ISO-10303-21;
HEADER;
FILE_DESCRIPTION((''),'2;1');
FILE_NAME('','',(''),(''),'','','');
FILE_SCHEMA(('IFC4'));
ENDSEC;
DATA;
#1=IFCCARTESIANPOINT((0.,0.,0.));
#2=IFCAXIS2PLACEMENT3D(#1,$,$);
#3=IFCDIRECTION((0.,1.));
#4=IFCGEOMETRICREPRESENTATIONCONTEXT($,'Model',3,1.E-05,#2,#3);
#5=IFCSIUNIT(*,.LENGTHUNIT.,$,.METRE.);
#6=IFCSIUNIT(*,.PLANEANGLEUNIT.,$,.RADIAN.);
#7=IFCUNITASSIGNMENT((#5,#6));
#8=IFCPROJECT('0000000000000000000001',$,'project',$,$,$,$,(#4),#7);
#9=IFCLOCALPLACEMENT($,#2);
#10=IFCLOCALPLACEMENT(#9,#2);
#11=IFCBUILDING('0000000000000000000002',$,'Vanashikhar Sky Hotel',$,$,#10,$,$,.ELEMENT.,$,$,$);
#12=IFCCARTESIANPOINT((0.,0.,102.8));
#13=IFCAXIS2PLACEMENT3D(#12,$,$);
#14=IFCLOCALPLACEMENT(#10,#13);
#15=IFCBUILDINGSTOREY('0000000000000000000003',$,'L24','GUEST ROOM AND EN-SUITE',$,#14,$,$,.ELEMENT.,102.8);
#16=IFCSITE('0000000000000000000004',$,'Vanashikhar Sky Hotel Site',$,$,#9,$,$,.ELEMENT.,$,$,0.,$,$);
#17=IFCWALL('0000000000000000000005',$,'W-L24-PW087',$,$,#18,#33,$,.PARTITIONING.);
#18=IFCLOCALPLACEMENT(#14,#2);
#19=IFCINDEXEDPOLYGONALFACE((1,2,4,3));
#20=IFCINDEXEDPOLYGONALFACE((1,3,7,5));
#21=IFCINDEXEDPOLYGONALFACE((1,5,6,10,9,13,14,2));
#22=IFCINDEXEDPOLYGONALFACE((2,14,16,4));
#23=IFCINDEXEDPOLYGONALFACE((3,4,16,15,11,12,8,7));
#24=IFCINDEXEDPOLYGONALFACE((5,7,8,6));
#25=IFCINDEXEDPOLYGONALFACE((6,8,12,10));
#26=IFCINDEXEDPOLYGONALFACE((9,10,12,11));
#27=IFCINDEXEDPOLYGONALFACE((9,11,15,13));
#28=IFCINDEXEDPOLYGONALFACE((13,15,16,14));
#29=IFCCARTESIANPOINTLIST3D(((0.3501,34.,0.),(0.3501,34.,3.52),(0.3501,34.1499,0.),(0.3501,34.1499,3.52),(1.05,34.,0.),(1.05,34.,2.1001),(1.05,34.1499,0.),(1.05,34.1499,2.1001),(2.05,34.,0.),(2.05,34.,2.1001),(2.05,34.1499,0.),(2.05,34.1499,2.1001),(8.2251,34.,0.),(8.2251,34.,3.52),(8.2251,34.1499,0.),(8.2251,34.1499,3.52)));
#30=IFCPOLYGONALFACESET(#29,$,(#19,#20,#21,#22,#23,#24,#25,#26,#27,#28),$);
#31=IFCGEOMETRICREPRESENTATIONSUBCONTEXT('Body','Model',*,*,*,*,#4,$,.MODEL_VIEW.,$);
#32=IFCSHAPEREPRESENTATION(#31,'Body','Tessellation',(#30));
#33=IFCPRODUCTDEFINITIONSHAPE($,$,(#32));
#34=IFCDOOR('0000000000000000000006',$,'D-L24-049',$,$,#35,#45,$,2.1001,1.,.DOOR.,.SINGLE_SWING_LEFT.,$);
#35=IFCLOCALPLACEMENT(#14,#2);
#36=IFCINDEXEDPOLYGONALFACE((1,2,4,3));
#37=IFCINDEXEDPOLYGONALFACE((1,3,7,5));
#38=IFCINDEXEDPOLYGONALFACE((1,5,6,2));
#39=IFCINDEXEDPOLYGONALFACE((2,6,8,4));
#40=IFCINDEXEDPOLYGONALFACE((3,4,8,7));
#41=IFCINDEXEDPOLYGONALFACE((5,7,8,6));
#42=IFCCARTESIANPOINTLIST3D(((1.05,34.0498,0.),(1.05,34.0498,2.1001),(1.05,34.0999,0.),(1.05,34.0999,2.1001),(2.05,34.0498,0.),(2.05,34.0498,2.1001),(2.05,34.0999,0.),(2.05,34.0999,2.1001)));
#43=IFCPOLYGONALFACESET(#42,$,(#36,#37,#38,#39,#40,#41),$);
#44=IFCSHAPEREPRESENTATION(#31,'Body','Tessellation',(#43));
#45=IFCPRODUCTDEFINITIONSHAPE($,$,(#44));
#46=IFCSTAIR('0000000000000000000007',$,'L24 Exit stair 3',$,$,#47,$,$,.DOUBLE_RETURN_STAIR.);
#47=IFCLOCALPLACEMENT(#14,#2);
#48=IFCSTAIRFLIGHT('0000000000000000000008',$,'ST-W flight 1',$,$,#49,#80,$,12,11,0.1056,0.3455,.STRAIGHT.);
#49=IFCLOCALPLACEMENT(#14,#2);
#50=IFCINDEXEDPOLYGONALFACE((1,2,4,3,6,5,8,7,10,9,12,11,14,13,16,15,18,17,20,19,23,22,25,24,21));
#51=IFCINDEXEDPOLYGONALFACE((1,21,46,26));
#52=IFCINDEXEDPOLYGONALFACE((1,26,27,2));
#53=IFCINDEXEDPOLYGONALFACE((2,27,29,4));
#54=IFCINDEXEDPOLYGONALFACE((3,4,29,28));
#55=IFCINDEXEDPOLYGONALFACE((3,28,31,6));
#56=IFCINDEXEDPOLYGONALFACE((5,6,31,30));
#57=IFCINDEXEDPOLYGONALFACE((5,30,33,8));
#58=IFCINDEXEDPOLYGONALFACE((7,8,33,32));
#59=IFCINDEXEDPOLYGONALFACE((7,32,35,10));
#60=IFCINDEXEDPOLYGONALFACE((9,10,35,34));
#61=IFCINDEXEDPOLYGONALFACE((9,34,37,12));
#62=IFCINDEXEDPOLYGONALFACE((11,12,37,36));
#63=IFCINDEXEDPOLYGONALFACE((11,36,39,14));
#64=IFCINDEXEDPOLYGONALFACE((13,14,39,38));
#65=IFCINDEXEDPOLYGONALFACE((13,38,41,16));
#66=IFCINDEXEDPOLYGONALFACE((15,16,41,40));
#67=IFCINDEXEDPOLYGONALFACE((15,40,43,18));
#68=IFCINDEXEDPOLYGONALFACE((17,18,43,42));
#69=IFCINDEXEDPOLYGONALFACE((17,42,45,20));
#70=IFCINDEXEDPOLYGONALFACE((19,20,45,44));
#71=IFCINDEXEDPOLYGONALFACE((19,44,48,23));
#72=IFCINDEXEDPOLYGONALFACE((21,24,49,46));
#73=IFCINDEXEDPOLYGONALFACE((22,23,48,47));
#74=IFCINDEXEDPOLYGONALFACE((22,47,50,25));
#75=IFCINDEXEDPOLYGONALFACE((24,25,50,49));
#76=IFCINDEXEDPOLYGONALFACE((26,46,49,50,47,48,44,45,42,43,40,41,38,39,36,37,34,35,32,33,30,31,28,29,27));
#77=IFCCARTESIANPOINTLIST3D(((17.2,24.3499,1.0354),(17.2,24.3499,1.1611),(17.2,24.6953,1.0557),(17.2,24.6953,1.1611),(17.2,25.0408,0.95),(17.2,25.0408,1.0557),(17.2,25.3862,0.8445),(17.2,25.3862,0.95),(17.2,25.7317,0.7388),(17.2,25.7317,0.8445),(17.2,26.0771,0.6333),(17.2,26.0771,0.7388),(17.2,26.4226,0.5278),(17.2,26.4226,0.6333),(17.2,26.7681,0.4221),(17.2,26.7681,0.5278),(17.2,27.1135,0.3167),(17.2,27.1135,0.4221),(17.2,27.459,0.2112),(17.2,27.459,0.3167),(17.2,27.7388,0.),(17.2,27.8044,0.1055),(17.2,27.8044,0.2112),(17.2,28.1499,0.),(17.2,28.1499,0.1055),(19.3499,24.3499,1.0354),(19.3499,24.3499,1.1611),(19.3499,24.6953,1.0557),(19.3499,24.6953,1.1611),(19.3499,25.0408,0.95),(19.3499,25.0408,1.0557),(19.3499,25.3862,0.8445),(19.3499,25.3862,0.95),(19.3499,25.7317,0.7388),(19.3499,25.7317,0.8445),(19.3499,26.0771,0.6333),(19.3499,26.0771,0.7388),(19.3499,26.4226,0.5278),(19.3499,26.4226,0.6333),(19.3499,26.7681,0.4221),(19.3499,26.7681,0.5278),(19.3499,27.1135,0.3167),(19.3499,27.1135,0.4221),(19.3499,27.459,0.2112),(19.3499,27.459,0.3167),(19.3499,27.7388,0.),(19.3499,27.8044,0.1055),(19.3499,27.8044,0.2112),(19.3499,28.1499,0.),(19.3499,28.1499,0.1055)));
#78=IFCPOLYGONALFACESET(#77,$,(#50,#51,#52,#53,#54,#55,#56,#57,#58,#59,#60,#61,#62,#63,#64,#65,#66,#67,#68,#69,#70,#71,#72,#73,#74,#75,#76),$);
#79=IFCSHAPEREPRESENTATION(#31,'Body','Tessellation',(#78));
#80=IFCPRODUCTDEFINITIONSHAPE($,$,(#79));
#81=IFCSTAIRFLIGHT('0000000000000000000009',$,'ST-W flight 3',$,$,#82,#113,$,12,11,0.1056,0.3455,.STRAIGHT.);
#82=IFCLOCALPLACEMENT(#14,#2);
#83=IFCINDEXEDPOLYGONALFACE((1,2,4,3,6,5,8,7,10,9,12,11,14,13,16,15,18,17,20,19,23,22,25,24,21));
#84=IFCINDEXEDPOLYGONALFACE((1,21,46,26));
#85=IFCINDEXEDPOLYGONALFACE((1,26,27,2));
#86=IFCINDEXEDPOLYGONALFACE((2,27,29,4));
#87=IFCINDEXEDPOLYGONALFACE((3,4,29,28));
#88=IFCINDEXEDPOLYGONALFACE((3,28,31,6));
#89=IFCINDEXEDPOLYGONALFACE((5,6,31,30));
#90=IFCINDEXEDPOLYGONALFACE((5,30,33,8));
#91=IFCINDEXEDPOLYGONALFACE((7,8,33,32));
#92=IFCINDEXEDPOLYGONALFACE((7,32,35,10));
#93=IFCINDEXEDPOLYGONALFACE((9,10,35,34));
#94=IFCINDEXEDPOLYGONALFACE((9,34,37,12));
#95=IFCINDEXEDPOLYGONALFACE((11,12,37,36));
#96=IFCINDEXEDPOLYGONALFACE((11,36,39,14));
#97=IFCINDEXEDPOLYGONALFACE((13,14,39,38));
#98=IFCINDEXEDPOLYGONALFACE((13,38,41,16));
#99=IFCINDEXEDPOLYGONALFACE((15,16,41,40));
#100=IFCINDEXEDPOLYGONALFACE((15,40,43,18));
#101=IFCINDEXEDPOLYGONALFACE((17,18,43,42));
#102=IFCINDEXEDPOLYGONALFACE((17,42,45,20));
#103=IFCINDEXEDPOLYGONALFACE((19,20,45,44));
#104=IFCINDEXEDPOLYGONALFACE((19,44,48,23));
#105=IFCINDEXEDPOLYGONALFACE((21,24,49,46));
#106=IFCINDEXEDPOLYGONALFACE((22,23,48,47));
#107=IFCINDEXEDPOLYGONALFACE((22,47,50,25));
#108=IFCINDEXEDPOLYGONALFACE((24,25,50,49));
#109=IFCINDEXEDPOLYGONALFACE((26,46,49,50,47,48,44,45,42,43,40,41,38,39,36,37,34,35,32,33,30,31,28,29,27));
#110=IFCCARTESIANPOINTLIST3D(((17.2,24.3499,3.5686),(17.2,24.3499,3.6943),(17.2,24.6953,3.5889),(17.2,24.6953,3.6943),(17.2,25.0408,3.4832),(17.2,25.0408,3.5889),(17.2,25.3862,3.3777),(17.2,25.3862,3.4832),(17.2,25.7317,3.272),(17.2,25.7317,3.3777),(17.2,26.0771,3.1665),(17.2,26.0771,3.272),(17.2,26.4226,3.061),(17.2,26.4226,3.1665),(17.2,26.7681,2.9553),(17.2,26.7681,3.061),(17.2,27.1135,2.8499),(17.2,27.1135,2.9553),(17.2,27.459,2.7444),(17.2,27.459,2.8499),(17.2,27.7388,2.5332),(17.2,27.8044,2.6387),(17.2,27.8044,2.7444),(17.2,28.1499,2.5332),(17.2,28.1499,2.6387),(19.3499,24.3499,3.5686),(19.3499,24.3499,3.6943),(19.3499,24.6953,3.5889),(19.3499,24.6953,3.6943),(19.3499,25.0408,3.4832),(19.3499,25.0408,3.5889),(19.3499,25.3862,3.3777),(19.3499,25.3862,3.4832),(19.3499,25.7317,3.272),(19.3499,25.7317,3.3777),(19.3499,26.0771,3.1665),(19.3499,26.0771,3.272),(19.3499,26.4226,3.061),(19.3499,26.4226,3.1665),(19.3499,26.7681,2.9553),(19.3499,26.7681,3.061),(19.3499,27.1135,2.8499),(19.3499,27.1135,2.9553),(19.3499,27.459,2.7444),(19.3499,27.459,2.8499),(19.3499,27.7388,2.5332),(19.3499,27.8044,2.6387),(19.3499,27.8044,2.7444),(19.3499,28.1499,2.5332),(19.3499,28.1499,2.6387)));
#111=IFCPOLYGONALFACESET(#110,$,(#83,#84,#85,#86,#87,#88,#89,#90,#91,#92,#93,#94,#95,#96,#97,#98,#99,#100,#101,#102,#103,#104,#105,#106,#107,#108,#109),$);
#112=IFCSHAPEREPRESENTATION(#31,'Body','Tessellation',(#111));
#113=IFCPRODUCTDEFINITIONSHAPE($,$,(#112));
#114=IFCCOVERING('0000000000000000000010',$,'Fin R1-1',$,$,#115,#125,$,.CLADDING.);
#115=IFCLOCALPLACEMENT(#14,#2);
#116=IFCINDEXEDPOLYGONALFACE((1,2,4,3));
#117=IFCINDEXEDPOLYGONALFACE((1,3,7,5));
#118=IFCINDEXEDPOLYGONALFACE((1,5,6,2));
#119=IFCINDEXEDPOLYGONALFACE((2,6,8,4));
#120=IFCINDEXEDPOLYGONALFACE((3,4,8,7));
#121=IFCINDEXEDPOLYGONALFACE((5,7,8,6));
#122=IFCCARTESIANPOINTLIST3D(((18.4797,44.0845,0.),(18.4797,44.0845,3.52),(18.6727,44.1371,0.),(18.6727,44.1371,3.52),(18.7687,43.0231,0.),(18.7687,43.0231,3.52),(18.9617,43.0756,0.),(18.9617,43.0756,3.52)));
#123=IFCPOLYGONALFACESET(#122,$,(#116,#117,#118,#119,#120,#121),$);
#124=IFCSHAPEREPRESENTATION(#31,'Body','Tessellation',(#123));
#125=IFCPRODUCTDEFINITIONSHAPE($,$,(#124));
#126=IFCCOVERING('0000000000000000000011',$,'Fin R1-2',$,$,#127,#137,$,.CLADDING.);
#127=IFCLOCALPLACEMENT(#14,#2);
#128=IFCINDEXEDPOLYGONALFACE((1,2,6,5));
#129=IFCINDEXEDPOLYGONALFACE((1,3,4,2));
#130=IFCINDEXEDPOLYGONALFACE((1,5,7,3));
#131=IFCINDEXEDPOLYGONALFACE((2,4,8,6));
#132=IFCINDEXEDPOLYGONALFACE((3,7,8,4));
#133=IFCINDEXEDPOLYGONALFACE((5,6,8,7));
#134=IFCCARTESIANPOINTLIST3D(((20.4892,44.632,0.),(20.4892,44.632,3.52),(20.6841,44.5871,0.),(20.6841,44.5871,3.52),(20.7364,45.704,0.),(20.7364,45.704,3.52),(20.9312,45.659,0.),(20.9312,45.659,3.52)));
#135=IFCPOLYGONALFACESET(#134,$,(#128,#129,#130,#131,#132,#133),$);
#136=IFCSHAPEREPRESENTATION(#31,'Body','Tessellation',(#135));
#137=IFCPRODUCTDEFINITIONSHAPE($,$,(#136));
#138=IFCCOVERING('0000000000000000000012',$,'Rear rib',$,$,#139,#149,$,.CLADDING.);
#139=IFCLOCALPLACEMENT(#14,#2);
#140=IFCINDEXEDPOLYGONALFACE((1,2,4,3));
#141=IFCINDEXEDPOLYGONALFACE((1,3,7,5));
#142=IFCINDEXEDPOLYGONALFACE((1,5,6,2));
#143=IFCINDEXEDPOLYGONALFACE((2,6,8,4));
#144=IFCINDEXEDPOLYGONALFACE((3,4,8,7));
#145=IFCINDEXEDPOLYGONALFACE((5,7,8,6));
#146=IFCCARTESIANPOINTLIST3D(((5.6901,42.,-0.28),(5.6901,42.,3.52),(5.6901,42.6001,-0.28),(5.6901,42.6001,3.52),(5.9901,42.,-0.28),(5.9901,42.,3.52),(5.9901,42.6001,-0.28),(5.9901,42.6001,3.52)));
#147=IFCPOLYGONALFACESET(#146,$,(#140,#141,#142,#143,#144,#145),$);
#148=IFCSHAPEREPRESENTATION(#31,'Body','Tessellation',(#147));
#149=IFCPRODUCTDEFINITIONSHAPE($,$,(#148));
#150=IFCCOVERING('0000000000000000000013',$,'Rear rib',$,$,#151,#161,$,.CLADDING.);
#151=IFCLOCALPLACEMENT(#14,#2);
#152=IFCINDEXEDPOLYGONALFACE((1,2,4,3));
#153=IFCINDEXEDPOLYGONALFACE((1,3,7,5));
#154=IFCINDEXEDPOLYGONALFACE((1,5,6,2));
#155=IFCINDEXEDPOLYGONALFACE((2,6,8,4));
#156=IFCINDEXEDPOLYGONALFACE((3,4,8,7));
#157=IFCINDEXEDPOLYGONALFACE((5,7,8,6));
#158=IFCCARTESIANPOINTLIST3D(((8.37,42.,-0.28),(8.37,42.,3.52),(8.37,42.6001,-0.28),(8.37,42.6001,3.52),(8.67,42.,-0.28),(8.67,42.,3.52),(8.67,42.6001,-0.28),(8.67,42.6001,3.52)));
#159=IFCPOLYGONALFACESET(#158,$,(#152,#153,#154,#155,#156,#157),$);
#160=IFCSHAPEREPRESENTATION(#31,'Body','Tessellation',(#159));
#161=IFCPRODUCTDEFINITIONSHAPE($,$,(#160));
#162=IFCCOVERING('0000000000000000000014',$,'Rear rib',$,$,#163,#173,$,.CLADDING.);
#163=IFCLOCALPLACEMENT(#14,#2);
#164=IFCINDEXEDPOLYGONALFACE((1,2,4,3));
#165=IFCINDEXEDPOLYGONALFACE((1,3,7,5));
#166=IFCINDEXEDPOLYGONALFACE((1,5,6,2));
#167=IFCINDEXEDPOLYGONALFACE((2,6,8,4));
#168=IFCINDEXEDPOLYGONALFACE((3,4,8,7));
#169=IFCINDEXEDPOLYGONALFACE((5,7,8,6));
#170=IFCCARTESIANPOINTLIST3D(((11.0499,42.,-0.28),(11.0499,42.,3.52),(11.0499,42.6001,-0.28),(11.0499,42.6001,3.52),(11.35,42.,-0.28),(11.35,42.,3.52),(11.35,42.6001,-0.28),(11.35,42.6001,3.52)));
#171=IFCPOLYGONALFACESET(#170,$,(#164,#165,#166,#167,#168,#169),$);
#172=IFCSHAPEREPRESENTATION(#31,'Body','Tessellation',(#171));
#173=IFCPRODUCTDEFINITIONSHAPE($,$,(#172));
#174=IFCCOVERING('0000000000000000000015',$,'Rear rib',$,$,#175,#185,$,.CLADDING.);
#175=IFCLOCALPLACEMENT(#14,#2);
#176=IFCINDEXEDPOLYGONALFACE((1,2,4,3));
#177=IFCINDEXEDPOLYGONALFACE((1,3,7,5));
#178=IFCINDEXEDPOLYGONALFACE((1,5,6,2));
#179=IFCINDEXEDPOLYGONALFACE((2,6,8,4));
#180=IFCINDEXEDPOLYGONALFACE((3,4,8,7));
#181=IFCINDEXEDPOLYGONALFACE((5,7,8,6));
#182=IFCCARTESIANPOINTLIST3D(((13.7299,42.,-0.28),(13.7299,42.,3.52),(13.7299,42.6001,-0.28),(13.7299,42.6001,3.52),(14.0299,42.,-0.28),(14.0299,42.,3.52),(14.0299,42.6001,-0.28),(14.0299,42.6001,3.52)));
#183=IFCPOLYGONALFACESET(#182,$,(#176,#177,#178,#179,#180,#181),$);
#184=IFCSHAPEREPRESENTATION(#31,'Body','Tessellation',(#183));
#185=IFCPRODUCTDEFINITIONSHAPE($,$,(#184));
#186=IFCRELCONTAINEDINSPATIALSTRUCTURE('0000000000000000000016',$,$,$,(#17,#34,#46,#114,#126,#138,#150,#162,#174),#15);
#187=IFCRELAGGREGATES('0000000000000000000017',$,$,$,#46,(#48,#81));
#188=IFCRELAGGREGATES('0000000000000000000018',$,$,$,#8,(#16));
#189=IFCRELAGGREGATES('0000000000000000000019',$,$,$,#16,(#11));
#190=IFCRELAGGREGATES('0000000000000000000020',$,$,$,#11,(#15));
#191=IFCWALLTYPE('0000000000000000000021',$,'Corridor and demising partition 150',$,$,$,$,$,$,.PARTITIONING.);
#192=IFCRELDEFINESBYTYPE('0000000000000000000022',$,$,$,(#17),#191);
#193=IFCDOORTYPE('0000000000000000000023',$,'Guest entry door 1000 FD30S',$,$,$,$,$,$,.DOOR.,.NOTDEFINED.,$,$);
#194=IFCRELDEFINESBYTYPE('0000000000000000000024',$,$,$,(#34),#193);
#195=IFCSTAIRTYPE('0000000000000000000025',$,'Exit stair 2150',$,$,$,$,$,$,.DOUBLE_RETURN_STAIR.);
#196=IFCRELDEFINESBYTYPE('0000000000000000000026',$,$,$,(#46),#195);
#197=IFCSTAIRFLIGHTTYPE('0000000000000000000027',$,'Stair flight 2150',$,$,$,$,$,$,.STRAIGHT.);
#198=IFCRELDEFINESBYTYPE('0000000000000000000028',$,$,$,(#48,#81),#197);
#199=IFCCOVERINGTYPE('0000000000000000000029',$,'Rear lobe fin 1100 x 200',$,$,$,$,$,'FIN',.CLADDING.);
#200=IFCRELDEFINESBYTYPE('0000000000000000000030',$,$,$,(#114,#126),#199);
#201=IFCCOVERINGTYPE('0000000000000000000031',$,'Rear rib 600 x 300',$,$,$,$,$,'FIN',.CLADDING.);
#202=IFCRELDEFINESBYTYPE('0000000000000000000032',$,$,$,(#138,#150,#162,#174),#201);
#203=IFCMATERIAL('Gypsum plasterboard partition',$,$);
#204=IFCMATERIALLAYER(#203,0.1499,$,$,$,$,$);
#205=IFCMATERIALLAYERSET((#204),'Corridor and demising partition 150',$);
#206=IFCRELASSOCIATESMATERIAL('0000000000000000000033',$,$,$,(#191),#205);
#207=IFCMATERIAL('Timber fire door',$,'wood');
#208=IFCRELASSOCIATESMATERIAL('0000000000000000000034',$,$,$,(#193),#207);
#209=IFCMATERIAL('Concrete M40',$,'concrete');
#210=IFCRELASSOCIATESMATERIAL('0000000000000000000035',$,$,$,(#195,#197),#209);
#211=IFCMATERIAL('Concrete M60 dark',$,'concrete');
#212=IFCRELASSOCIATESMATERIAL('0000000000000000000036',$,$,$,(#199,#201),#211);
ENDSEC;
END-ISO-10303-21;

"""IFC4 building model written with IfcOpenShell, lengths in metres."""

from ifc_helpers import new_model, si_unit, direction, frame, frame_2d, origin, origin_2d, place, context, subcontext, project, spatial, polyline, rectangle, outline, extrude, source, transform, mapped, material, layer, layer_set, material_profile, profile_set, type_object, element, fill, aggregate, save


model = new_model("IFC4")

# Units and contexts
model_context = context("Model", 3, precision=1e-05, world=origin(), true_north=direction((0.0, 1.0)))
body_context = subcontext(model_context, "Body", "Model", "MODEL_VIEW")
ifc_project = project(units=[si_unit("LENGTHUNIT", "METRE"), si_unit("PLANEANGLEUNIT", "RADIAN")], contexts=[model_context])

# Site, building, storey
site_placement = place(None, origin())
site = spatial("IfcSite", under=ifc_project, at=site_placement, Name="Vanashikhar Sky Hotel Site", CompositionType="ELEMENT", RefElevation=0.0)
building_placement = place(site_placement, origin())
building = spatial("IfcBuilding", under=site, at=building_placement, Name="Vanashikhar Sky Hotel", CompositionType="ELEMENT")
storey_placement = place(building_placement, frame((0.0, 0.0, 102.8)))
storey = spatial("IfcBuildingStorey", under=building, at=storey_placement, Name="L24", Description="GUEST ROOM AND EN-SUITE", CompositionType="ELEMENT", Elevation=102.8)

# Shared definitions
shared_shape_1 = source(origin(), body_context, "Body", "SweptSolid", [
    extrude(rectangle(XDim=1.0, YDim=2.1001, at=frame_2d((0.5, 1.05))), frame((0.0, 0.0249, 0.0), z_axis=(0.0, -1.0, 0.0), x_axis=(1.0, 0.0, 0.0)), (0.0, 0.0, 1.0), 0.05),
])
ifc_material_1 = material(Name="Gypsum plasterboard partition")
ifc_layer_1 = layer(ifc_material_1, 0.1499)
ifc_layer_set_1 = layer_set([ifc_layer_1], Name="Corridor and demising partition 150")
wall_type_1 = type_object("IfcWallType", Name="Corridor and demising partition 150", PredefinedType="PARTITIONING", material=ifc_layer_set_1)
shared_shape_2 = source(origin(), body_context, "Body", "SweptSolid", [
    extrude(rectangle(XDim=1.0, YDim=2.1001, at=frame_2d((0.5, 1.05))), frame((0.0, 0.085, 0.0), z_axis=(0.0, -1.0, 0.0), x_axis=(1.0, 0.0, 0.0)), (0.0, 0.0, 1.0), 0.1699),
])
ifc_material_2 = material(Name="Timber fire door", Category="wood")
door_type_1 = type_object("IfcDoorType", Name="Guest entry door 1000 FD30S", OperationType="NOTDEFINED", PredefinedType="DOOR", material=ifc_material_2)

# Wall, opening, door
shared_shape_3 = source(origin(), body_context, "Body", "SweptSolid", [
    extrude(rectangle(XDim=7.875, YDim=0.1499, at=frame_2d((3.9375, 0.0))), origin(), (0.0, 0.0, 1.0), 3.52),
])
wall_1_placement = place(storey_placement, frame((0.3501, 34.075, 0.0), z_axis=(0.0, 0.0, 1.0), x_axis=(1.0, 0.0, 0.0)))
wall_1 = element("IfcWall", 1, at=wall_1_placement, inside=storey, type_object=wall_type_1, Name="W-L24-PW087", PredefinedType="PARTITIONING", context=body_context, shape_type="MappedRepresentation", body=[
    mapped(shared_shape_3, transform((0.0, 0.0, 0.0), scale=1.0)),
])
opening_1_placement = place(wall_1_placement, frame((0.7, 0.0, 0.0)))
opening_1 = element("IfcOpeningElement", 2, at=opening_1_placement, cuts=wall_1, PredefinedType="OPENING", context=body_context, shape_type="MappedRepresentation", body=[
    mapped(shared_shape_2, transform((0.0, 0.0, 0.0), scale=1.0)),
])
door_1_placement = place(opening_1_placement, origin())
door_1 = element("IfcDoor", 3, at=door_1_placement, inside=storey, type_object=door_type_1, Name="D-L24-049", OperationType="SINGLE_SWING_LEFT", OverallHeight=2.1001, OverallWidth=1.0, PredefinedType="DOOR", context=body_context, shape_type="MappedRepresentation", body=[
    mapped(shared_shape_1, transform((0.0, 0.0, 0.0), scale=1.0)),
])
fill(opening_1, door_1)

# Stair, stair flights
ifc_material_3 = material(Name="Concrete M40", Category="concrete")
stair_type = type_object("IfcStairType", Name="Exit stair 2150", PredefinedType="DOUBLE_RETURN_STAIR", material=ifc_material_3)
stair_placement = place(storey_placement, origin())
stair = element("IfcStair", 4, at=stair_placement, inside=storey, type_object=stair_type, Name="L24 Exit stair 3", PredefinedType="DOUBLE_RETURN_STAIR")
stair_flight_type = type_object("IfcStairFlightType", Name="Stair flight 2150", PredefinedType="STRAIGHT", material=ifc_material_3)
shared_shape_4 = source(origin(), body_context, "Body", "SweptSolid", [
    extrude(outline(polyline([(0.0, 0.0), (0.0, 0.1055), (0.3455, 0.1055), (0.3455, 0.2112), (0.6909, 0.2112), (0.6909, 0.3167), (1.0364, 0.3167), (1.0364, 0.4221), (1.3818, 0.4221), (1.3818, 0.5278), (1.7273, 0.5278), (1.7273, 0.6333), (2.0728, 0.6333), (2.0728, 0.7388), (2.4182, 0.7388), (2.4182, 0.8445), (2.7637, 0.8445), (2.7637, 0.95), (3.1091, 0.95), (3.1091, 1.0557), (3.4546, 1.0557), (3.4546, 1.1611), (3.8, 1.1611), (3.8, 1.2666), (3.8, 1.0354), (0.4111, 0.0), (0.0, 0.0)])), frame((0.0, 1.075, 0.0), z_axis=(0.0, -1.0, 0.0), x_axis=(1.0, 0.0, 0.0)), (0.0, 0.0, 1.0), 2.1499),
])
stair_flight_1_placement = place(storey_placement, frame((18.2749, 28.1499, 0.0), z_axis=(0.0, 0.0, 1.0), x_axis=(0.0, -1.0, 0.0)))
stair_flight_1 = element("IfcStairFlight", 5, at=stair_flight_1_placement, type_object=stair_flight_type, Name="ST-W flight 1", NumberOfRisers=12, NumberOfTreads=11, PredefinedType="STRAIGHT", RiserHeight=0.1056, TreadLength=0.3455, context=body_context, shape_type="MappedRepresentation", body=[
    mapped(shared_shape_4, transform((0.0, 0.0, 0.0), scale=1.0)),
])
stair_flight_2_placement = place(storey_placement, frame((18.2749, 28.1499, 2.5332), z_axis=(0.0, 0.0, 1.0), x_axis=(0.0, -1.0, 0.0)))
stair_flight_2 = element("IfcStairFlight", 6, at=stair_flight_2_placement, type_object=stair_flight_type, Name="ST-W flight 3", NumberOfRisers=12, NumberOfTreads=11, PredefinedType="STRAIGHT", RiserHeight=0.1056, TreadLength=0.3455, context=body_context, shape_type="MappedRepresentation", body=[
    mapped(shared_shape_4, transform((0.0, 0.0, 0.0), scale=1.0)),
])
aggregate(stair, [stair_flight_1, stair_flight_2])

# Coverings
ifc_material_4 = material(Name="Concrete M60 dark", Category="concrete")
ifc_material_profile_1 = material_profile(ifc_material_4, rectangle(XDim=1.1001, YDim=0.2, at=origin_2d()))
ifc_profile_set_1 = profile_set([ifc_material_profile_1], Name="Rear lobe fin 1100 x 200")
covering_type_1 = type_object("IfcCoveringType", Name="Rear lobe fin 1100 x 200", ElementType="FIN", PredefinedType="CLADDING", material=ifc_profile_set_1)
shared_shape_5 = source(origin(), body_context, "Body", "SweptSolid", [
    extrude(rectangle(XDim=1.1001, YDim=0.2, at=origin_2d()), origin(), (0.0, 0.0, 1.0), 3.52),
])
for number, where, z_axis, x_axis, name in (
    (7, (18.7207, 43.5801, 0.0), (0.0, 0.0, 1.0), (-0.262711, 0.964874, 0.0), "Fin R1-1"),
    (8, (20.7102, 45.1455, 0.0), (0.0, 0.0, 1.0), (0.224645, 0.974441, 0.0), "Fin R1-2"),
):
    element("IfcCovering", number, at=place(storey_placement, frame(where, z_axis=z_axis, x_axis=x_axis)), inside=storey, type_object=covering_type_1, Name=name, PredefinedType="CLADDING", context=body_context, shape_type="MappedRepresentation", body=[
        mapped(shared_shape_5, transform((0.0, 0.0, 0.0), scale=1.0)),
    ])
ifc_material_profile_2 = material_profile(ifc_material_4, rectangle(XDim=0.6001, YDim=0.3, at=origin_2d()))
ifc_profile_set_2 = profile_set([ifc_material_profile_2], Name="Rear rib 600 x 300")
covering_type_2 = type_object("IfcCoveringType", Name="Rear rib 600 x 300", ElementType="FIN", PredefinedType="CLADDING", material=ifc_profile_set_2)
shared_shape_6 = source(origin(), body_context, "Body", "SweptSolid", [
    extrude(rectangle(XDim=0.6001, YDim=0.3, at=origin_2d()), origin(), (0.0, 0.0, 1.0), 3.8),
])
for number, where, z_axis, x_axis, name in (
    (9, (5.8401, 42.3, -0.28), (0.0, 0.0, 1.0), (0.0, 1.0, 0.0), "Rear rib"),
    (10, (8.52, 42.3, -0.28), (0.0, 0.0, 1.0), (0.0, 1.0, 0.0), "Rear rib"),
    (11, (11.2, 42.3, -0.28), (0.0, 0.0, 1.0), (0.0, 1.0, 0.0), "Rear rib"),
    (12, (13.8799, 42.3, -0.28), (0.0, 0.0, 1.0), (0.0, 1.0, 0.0), "Rear rib"),
):
    element("IfcCovering", number, at=place(storey_placement, frame(where, z_axis=z_axis, x_axis=x_axis)), inside=storey, type_object=covering_type_2, Name=name, PredefinedType="CLADDING", context=body_context, shape_type="MappedRepresentation", body=[
        mapped(shared_shape_6, transform((0.0, 0.0, 0.0), scale=1.0)),
    ])

save(model, "model.ifc")
